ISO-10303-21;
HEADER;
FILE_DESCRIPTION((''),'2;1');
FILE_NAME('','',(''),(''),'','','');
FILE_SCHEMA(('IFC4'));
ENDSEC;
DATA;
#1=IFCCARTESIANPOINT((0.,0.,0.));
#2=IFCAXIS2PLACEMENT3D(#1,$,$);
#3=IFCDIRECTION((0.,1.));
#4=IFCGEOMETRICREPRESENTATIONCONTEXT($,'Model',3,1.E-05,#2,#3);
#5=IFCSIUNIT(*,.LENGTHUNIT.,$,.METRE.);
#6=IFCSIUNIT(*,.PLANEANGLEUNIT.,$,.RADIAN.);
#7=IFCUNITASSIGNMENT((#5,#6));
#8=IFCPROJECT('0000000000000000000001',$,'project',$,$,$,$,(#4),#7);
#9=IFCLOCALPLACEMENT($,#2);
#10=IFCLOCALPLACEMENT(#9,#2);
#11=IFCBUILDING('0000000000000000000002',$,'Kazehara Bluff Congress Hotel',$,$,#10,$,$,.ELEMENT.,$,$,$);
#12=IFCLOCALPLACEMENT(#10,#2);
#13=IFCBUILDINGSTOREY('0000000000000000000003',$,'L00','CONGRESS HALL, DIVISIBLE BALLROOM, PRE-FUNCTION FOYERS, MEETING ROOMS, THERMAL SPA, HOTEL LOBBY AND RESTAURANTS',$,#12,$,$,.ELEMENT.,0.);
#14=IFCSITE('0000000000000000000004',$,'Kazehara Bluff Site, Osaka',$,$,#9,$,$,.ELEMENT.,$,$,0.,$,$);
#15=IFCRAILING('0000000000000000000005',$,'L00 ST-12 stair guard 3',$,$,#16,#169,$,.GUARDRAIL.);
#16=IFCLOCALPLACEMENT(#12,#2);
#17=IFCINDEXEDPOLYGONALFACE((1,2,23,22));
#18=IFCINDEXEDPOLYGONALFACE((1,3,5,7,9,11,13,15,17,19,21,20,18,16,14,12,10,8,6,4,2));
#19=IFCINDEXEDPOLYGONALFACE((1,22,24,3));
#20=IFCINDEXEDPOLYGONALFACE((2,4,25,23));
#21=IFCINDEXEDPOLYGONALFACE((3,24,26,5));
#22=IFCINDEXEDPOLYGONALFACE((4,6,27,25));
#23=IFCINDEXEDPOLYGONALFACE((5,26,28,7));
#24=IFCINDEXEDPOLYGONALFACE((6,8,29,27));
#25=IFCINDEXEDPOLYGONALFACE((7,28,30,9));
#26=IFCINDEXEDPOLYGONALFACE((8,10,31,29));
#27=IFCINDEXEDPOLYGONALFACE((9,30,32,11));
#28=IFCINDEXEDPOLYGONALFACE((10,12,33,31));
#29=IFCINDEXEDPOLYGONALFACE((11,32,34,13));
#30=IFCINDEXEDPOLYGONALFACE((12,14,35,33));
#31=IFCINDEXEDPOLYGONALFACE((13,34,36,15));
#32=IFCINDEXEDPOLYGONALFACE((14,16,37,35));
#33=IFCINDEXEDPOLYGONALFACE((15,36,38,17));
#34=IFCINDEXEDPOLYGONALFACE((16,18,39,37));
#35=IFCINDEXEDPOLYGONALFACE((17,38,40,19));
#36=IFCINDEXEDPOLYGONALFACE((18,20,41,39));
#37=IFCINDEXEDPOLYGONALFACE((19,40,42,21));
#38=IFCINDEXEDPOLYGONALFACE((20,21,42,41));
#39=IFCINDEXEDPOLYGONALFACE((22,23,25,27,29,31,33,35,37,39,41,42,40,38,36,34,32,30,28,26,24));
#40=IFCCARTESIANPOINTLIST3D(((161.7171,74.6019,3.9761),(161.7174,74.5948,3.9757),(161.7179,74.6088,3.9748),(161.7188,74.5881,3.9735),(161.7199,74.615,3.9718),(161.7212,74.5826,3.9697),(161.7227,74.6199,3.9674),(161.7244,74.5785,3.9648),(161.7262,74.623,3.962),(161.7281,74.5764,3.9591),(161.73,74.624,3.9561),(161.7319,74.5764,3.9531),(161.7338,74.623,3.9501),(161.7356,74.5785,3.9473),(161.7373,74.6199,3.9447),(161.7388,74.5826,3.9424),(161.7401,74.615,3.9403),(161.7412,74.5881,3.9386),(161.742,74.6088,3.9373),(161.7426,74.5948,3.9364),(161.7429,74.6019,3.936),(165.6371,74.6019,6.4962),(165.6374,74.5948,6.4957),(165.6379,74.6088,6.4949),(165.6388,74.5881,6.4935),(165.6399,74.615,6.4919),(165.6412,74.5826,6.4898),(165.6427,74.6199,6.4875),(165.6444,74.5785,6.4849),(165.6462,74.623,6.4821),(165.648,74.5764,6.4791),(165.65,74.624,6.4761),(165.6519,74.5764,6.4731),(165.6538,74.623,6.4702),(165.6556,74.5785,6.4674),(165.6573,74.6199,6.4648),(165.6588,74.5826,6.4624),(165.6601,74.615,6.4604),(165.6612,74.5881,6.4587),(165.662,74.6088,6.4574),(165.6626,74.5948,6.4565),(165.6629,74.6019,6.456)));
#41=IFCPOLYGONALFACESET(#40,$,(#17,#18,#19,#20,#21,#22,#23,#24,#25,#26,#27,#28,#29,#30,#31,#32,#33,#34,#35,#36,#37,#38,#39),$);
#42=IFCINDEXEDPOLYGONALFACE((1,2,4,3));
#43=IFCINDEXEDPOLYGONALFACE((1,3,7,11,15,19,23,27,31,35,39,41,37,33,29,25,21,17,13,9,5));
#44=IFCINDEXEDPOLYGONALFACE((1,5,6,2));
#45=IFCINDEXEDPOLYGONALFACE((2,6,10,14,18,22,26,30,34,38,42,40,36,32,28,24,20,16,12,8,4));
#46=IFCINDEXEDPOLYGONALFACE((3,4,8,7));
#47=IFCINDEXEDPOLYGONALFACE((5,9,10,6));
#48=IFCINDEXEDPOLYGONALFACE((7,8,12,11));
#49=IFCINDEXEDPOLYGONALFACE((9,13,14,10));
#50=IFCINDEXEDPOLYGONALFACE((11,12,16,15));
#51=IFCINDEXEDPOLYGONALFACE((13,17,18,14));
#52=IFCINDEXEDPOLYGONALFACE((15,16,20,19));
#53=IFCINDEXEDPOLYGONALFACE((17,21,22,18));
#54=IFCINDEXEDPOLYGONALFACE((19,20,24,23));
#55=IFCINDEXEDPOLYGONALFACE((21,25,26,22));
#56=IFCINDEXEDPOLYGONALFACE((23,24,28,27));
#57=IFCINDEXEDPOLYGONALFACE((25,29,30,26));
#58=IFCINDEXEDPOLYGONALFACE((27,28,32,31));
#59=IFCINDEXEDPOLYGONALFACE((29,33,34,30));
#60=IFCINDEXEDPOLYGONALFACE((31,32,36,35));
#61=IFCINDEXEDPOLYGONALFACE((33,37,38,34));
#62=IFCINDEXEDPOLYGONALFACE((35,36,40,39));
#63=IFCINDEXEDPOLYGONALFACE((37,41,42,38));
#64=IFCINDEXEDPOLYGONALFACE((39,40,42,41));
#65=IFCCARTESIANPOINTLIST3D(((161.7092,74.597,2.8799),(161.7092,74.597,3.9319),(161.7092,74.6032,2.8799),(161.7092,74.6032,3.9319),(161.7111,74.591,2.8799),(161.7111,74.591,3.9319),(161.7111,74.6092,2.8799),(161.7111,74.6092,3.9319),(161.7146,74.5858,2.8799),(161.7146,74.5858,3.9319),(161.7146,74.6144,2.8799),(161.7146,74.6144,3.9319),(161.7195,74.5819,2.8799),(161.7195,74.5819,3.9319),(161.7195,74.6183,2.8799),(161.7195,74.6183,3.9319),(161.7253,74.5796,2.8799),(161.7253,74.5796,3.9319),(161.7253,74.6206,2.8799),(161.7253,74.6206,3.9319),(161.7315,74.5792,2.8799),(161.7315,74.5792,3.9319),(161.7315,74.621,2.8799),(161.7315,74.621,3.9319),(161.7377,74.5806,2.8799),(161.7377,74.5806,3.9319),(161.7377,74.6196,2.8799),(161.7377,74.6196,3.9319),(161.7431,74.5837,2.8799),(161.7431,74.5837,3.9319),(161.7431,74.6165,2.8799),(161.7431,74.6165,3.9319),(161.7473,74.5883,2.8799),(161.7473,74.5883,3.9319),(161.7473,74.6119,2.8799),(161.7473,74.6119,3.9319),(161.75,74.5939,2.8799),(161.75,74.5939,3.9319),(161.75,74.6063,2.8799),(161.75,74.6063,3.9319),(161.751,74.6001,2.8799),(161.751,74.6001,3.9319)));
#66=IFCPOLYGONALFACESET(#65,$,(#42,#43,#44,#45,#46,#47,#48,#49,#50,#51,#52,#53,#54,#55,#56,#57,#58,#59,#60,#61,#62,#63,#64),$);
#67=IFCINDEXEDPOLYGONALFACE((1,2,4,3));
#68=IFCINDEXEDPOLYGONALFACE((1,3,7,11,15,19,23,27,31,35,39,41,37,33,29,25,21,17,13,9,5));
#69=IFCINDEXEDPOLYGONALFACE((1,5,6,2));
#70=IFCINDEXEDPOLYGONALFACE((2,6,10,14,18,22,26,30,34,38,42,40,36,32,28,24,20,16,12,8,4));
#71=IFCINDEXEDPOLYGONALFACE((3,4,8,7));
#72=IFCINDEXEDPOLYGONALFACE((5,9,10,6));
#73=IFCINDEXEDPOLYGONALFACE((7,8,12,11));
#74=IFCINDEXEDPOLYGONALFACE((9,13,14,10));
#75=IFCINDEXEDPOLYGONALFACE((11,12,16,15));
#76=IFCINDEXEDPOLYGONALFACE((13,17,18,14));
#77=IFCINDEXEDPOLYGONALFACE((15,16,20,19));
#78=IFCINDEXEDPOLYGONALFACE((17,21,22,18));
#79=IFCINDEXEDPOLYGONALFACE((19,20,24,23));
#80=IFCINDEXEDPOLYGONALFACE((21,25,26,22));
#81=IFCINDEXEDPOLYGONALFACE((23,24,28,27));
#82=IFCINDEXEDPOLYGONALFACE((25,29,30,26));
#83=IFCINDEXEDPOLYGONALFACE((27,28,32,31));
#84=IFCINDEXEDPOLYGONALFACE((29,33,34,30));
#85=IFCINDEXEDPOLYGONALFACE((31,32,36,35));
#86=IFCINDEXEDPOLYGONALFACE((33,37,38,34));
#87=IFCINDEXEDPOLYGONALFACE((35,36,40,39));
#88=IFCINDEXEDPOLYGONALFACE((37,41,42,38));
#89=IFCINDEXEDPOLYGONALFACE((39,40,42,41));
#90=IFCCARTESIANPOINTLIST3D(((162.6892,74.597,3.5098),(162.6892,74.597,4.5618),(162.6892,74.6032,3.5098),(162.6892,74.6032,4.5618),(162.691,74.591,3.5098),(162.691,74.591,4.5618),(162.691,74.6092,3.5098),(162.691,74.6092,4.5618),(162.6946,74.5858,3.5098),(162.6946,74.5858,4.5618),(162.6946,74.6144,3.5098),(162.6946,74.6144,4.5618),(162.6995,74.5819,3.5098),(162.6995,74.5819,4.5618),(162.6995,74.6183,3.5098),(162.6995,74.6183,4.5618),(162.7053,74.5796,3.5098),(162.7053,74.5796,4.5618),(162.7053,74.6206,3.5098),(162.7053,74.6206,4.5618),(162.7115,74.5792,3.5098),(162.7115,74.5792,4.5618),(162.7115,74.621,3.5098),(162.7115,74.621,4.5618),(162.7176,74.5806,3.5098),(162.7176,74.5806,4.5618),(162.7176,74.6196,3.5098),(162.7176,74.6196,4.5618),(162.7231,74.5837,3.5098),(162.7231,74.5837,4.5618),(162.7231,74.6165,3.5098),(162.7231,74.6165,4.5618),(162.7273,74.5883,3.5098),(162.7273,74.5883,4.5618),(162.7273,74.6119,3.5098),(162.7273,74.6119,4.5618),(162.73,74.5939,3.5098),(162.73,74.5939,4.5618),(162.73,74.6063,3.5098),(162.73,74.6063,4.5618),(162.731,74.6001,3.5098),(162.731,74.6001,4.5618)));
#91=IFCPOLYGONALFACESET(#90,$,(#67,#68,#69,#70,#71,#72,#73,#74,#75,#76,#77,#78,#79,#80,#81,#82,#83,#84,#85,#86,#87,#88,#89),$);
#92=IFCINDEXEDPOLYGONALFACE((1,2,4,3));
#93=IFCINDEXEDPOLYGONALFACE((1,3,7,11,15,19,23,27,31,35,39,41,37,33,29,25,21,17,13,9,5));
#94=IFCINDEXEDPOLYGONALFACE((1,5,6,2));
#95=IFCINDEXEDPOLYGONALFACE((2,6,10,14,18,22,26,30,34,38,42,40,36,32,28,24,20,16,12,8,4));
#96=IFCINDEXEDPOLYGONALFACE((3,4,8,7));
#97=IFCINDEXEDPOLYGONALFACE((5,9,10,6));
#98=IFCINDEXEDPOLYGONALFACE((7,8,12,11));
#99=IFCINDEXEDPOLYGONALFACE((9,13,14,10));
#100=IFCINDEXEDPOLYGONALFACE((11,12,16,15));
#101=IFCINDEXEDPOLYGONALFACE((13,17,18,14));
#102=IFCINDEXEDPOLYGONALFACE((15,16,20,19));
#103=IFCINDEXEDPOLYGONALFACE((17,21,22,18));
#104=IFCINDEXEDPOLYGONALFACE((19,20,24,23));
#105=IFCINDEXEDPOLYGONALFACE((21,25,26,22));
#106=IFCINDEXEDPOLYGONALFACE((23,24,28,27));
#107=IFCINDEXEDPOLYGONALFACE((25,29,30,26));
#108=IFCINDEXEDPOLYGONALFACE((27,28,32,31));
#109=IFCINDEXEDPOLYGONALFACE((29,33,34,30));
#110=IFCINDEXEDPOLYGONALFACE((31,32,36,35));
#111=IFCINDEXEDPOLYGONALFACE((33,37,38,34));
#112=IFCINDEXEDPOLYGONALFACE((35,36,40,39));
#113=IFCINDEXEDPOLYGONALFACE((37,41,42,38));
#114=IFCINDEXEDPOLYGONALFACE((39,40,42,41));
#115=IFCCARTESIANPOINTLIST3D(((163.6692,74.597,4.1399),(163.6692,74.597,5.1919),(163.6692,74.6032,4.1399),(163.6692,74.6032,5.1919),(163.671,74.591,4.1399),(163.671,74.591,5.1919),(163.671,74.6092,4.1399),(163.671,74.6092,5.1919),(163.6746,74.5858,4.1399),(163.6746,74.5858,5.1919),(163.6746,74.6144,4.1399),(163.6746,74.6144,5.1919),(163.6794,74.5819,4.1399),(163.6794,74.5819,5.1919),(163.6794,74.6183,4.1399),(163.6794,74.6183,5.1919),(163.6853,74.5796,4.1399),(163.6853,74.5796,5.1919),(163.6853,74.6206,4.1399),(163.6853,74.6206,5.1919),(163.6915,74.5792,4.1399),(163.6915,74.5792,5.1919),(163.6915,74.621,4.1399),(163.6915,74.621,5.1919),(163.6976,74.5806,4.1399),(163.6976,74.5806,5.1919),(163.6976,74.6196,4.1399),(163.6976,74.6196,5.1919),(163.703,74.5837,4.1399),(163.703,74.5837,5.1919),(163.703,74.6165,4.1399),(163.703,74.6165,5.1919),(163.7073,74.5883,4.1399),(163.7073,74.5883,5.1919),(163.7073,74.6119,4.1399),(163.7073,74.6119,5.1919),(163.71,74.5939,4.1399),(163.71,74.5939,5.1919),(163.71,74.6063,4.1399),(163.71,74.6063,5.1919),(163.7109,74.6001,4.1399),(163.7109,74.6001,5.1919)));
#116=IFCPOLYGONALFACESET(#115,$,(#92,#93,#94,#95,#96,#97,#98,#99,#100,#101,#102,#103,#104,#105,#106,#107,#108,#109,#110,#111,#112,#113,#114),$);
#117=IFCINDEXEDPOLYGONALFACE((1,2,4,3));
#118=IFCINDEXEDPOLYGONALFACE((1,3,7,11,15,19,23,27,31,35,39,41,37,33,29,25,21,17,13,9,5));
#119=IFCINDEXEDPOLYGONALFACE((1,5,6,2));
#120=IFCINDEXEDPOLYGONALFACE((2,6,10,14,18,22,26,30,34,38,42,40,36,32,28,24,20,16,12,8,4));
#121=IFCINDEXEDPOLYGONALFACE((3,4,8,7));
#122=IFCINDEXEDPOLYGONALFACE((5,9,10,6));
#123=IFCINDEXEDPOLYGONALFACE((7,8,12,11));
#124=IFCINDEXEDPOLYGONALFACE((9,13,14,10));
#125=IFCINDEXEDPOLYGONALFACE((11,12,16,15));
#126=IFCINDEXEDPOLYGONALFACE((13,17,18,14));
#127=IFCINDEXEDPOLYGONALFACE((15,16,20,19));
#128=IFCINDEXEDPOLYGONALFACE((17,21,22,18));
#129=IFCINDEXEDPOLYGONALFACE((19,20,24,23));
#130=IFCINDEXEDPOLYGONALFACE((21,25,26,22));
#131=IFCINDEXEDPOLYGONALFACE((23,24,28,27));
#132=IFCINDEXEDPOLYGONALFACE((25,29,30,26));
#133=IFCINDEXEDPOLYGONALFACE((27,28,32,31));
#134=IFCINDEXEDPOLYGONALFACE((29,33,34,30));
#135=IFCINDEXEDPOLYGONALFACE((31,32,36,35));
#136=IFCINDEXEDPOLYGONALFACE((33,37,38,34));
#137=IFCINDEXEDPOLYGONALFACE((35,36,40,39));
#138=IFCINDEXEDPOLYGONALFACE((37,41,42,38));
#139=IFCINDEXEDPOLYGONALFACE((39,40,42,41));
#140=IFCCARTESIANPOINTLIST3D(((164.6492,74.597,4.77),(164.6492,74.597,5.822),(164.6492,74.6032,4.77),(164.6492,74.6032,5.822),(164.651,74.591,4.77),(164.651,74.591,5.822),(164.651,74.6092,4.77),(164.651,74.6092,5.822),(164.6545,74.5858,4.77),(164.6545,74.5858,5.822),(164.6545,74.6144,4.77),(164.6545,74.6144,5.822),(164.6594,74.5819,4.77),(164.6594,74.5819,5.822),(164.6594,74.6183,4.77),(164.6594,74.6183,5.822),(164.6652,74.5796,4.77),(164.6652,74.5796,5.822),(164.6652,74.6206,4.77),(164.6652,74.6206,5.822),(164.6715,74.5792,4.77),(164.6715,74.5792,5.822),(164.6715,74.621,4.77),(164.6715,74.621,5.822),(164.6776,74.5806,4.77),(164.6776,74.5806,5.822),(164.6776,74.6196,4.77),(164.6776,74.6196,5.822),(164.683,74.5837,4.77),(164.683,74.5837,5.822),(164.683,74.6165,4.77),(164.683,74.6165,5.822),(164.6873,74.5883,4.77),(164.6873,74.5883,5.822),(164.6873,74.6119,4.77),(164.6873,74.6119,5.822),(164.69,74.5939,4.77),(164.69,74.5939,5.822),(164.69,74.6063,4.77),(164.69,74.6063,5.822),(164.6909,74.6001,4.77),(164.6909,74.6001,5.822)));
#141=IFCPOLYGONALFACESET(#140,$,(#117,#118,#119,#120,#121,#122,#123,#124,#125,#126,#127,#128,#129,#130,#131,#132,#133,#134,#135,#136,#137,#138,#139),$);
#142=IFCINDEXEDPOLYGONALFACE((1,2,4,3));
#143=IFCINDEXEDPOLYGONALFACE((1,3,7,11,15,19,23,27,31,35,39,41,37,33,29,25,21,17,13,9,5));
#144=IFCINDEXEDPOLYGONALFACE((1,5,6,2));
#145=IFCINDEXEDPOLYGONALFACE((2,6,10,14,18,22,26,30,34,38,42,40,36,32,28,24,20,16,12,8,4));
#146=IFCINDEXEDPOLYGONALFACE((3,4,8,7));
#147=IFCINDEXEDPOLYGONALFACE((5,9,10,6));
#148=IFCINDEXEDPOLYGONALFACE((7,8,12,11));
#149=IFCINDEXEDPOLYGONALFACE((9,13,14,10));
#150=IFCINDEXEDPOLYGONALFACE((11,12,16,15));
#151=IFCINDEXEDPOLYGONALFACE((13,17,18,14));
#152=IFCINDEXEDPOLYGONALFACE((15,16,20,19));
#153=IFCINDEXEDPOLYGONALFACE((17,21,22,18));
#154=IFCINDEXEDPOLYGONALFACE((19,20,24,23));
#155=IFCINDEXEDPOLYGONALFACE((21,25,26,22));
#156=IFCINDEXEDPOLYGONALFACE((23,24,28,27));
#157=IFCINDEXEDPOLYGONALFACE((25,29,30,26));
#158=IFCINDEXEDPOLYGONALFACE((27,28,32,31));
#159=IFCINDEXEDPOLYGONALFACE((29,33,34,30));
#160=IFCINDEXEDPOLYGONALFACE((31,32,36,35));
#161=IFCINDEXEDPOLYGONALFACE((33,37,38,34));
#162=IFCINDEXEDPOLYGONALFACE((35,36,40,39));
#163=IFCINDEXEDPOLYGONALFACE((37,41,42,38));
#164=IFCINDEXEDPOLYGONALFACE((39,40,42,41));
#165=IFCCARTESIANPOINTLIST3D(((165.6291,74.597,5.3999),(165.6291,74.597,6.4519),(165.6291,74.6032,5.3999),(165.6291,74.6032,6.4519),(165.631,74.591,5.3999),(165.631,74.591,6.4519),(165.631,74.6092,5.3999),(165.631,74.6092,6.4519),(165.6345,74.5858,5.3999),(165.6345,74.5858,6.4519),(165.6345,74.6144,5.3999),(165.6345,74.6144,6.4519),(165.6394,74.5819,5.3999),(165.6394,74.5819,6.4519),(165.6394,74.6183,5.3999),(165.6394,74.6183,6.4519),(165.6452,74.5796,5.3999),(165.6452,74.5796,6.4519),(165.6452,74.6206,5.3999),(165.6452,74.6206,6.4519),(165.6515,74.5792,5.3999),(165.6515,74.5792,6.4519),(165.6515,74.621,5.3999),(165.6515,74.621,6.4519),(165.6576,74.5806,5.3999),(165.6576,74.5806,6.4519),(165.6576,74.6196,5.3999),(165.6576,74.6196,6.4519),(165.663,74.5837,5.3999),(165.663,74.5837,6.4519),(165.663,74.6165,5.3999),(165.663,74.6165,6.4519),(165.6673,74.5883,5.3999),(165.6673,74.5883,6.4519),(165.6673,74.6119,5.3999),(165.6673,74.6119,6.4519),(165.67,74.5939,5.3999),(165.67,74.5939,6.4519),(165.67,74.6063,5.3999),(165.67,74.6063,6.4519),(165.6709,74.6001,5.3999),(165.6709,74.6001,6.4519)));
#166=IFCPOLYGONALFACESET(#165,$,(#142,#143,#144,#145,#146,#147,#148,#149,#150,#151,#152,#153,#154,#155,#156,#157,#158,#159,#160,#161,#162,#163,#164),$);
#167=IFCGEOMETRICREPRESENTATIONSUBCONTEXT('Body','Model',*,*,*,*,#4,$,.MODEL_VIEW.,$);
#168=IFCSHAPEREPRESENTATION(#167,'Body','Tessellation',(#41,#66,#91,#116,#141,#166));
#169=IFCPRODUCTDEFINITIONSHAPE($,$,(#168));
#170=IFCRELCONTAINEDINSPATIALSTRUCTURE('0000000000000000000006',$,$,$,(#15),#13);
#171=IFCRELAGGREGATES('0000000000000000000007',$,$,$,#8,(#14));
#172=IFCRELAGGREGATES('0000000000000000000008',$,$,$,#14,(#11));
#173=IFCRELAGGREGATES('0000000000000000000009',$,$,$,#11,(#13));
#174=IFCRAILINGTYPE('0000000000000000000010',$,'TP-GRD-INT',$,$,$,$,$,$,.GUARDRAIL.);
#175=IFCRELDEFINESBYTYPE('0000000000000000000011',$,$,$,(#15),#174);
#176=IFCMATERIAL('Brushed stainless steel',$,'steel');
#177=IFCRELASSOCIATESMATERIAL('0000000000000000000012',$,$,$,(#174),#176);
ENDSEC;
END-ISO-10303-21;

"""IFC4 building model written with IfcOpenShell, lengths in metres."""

from ifc_helpers import new_model, si_unit, direction, frame, origin, origin_2d, place, context, subcontext, project, spatial, circle, extrude, material, type_object, element, save


model = new_model("IFC4")

# Units and contexts
model_context = context("Model", 3, precision=1e-05, world=origin(), true_north=direction((0.0, 1.0)))
body_context = subcontext(model_context, "Body", "Model", "MODEL_VIEW")
ifc_project = project(units=[si_unit("LENGTHUNIT", "METRE"), si_unit("PLANEANGLEUNIT", "RADIAN")], contexts=[model_context])

# Site, building, storey
site_placement = place(None, origin())
site = spatial("IfcSite", under=ifc_project, at=site_placement, Name="Kazehara Bluff Site, Osaka", CompositionType="ELEMENT", RefElevation=0.0)
building_placement = place(site_placement, origin())
building = spatial("IfcBuilding", under=site, at=building_placement, Name="Kazehara Bluff Congress Hotel", CompositionType="ELEMENT")
storey_placement = place(building_placement, origin())
storey = spatial("IfcBuildingStorey", under=building, at=storey_placement, Name="L00", Description="CONGRESS HALL, DIVISIBLE BALLROOM, PRE-FUNCTION FOYERS, MEETING ROOMS, THERMAL SPA, HOTEL LOBBY AND RESTAURANTS", CompositionType="ELEMENT", Elevation=0.0)

# Railing
ifc_material_1 = material(Name="Brushed stainless steel", Category="steel")
railing_type_1 = type_object("IfcRailingType", Name="TP-GRD-INT", PredefinedType="GUARDRAIL", material=ifc_material_1)
railing_1_placement = place(storey_placement, frame((161.73, 74.6001, 2.8799)))
element("IfcRailing", 1, at=railing_1_placement, inside=storey, type_object=railing_type_1, Name="L00 ST-12 stair guard 3", PredefinedType="GUARDRAIL", context=body_context, shape_type="SweptSolid", body=[
    extrude(circle(Radius=0.0239, at=origin_2d()), frame((0.0, 0.0, 1.0762), z_axis=(0.841172, 0.0, 0.540768), x_axis=(0.0, 1.0, 0.0)), (0.0, 0.0, 1.0), 4.6602),
    extrude(circle(Radius=0.021, at=origin_2d()), origin(), (0.0, 0.0, 1.0), 1.052),
    extrude(circle(Radius=0.021, at=origin_2d()), frame((0.98, 0.0, 0.6299)), (0.0, 0.0, 1.0), 1.052),
    extrude(circle(Radius=0.021, at=origin_2d()), frame((1.96, 0.0, 1.26)), (0.0, 0.0, 1.0), 1.052),
    extrude(circle(Radius=0.021, at=origin_2d()), frame((2.9399, 0.0, 1.8901)), (0.0, 0.0, 1.0), 1.052),
    extrude(circle(Radius=0.021, at=origin_2d()), frame((3.9199, 0.0, 2.52)), (0.0, 0.0, 1.0), 1.052),
])

save(model, "model.ifc")
